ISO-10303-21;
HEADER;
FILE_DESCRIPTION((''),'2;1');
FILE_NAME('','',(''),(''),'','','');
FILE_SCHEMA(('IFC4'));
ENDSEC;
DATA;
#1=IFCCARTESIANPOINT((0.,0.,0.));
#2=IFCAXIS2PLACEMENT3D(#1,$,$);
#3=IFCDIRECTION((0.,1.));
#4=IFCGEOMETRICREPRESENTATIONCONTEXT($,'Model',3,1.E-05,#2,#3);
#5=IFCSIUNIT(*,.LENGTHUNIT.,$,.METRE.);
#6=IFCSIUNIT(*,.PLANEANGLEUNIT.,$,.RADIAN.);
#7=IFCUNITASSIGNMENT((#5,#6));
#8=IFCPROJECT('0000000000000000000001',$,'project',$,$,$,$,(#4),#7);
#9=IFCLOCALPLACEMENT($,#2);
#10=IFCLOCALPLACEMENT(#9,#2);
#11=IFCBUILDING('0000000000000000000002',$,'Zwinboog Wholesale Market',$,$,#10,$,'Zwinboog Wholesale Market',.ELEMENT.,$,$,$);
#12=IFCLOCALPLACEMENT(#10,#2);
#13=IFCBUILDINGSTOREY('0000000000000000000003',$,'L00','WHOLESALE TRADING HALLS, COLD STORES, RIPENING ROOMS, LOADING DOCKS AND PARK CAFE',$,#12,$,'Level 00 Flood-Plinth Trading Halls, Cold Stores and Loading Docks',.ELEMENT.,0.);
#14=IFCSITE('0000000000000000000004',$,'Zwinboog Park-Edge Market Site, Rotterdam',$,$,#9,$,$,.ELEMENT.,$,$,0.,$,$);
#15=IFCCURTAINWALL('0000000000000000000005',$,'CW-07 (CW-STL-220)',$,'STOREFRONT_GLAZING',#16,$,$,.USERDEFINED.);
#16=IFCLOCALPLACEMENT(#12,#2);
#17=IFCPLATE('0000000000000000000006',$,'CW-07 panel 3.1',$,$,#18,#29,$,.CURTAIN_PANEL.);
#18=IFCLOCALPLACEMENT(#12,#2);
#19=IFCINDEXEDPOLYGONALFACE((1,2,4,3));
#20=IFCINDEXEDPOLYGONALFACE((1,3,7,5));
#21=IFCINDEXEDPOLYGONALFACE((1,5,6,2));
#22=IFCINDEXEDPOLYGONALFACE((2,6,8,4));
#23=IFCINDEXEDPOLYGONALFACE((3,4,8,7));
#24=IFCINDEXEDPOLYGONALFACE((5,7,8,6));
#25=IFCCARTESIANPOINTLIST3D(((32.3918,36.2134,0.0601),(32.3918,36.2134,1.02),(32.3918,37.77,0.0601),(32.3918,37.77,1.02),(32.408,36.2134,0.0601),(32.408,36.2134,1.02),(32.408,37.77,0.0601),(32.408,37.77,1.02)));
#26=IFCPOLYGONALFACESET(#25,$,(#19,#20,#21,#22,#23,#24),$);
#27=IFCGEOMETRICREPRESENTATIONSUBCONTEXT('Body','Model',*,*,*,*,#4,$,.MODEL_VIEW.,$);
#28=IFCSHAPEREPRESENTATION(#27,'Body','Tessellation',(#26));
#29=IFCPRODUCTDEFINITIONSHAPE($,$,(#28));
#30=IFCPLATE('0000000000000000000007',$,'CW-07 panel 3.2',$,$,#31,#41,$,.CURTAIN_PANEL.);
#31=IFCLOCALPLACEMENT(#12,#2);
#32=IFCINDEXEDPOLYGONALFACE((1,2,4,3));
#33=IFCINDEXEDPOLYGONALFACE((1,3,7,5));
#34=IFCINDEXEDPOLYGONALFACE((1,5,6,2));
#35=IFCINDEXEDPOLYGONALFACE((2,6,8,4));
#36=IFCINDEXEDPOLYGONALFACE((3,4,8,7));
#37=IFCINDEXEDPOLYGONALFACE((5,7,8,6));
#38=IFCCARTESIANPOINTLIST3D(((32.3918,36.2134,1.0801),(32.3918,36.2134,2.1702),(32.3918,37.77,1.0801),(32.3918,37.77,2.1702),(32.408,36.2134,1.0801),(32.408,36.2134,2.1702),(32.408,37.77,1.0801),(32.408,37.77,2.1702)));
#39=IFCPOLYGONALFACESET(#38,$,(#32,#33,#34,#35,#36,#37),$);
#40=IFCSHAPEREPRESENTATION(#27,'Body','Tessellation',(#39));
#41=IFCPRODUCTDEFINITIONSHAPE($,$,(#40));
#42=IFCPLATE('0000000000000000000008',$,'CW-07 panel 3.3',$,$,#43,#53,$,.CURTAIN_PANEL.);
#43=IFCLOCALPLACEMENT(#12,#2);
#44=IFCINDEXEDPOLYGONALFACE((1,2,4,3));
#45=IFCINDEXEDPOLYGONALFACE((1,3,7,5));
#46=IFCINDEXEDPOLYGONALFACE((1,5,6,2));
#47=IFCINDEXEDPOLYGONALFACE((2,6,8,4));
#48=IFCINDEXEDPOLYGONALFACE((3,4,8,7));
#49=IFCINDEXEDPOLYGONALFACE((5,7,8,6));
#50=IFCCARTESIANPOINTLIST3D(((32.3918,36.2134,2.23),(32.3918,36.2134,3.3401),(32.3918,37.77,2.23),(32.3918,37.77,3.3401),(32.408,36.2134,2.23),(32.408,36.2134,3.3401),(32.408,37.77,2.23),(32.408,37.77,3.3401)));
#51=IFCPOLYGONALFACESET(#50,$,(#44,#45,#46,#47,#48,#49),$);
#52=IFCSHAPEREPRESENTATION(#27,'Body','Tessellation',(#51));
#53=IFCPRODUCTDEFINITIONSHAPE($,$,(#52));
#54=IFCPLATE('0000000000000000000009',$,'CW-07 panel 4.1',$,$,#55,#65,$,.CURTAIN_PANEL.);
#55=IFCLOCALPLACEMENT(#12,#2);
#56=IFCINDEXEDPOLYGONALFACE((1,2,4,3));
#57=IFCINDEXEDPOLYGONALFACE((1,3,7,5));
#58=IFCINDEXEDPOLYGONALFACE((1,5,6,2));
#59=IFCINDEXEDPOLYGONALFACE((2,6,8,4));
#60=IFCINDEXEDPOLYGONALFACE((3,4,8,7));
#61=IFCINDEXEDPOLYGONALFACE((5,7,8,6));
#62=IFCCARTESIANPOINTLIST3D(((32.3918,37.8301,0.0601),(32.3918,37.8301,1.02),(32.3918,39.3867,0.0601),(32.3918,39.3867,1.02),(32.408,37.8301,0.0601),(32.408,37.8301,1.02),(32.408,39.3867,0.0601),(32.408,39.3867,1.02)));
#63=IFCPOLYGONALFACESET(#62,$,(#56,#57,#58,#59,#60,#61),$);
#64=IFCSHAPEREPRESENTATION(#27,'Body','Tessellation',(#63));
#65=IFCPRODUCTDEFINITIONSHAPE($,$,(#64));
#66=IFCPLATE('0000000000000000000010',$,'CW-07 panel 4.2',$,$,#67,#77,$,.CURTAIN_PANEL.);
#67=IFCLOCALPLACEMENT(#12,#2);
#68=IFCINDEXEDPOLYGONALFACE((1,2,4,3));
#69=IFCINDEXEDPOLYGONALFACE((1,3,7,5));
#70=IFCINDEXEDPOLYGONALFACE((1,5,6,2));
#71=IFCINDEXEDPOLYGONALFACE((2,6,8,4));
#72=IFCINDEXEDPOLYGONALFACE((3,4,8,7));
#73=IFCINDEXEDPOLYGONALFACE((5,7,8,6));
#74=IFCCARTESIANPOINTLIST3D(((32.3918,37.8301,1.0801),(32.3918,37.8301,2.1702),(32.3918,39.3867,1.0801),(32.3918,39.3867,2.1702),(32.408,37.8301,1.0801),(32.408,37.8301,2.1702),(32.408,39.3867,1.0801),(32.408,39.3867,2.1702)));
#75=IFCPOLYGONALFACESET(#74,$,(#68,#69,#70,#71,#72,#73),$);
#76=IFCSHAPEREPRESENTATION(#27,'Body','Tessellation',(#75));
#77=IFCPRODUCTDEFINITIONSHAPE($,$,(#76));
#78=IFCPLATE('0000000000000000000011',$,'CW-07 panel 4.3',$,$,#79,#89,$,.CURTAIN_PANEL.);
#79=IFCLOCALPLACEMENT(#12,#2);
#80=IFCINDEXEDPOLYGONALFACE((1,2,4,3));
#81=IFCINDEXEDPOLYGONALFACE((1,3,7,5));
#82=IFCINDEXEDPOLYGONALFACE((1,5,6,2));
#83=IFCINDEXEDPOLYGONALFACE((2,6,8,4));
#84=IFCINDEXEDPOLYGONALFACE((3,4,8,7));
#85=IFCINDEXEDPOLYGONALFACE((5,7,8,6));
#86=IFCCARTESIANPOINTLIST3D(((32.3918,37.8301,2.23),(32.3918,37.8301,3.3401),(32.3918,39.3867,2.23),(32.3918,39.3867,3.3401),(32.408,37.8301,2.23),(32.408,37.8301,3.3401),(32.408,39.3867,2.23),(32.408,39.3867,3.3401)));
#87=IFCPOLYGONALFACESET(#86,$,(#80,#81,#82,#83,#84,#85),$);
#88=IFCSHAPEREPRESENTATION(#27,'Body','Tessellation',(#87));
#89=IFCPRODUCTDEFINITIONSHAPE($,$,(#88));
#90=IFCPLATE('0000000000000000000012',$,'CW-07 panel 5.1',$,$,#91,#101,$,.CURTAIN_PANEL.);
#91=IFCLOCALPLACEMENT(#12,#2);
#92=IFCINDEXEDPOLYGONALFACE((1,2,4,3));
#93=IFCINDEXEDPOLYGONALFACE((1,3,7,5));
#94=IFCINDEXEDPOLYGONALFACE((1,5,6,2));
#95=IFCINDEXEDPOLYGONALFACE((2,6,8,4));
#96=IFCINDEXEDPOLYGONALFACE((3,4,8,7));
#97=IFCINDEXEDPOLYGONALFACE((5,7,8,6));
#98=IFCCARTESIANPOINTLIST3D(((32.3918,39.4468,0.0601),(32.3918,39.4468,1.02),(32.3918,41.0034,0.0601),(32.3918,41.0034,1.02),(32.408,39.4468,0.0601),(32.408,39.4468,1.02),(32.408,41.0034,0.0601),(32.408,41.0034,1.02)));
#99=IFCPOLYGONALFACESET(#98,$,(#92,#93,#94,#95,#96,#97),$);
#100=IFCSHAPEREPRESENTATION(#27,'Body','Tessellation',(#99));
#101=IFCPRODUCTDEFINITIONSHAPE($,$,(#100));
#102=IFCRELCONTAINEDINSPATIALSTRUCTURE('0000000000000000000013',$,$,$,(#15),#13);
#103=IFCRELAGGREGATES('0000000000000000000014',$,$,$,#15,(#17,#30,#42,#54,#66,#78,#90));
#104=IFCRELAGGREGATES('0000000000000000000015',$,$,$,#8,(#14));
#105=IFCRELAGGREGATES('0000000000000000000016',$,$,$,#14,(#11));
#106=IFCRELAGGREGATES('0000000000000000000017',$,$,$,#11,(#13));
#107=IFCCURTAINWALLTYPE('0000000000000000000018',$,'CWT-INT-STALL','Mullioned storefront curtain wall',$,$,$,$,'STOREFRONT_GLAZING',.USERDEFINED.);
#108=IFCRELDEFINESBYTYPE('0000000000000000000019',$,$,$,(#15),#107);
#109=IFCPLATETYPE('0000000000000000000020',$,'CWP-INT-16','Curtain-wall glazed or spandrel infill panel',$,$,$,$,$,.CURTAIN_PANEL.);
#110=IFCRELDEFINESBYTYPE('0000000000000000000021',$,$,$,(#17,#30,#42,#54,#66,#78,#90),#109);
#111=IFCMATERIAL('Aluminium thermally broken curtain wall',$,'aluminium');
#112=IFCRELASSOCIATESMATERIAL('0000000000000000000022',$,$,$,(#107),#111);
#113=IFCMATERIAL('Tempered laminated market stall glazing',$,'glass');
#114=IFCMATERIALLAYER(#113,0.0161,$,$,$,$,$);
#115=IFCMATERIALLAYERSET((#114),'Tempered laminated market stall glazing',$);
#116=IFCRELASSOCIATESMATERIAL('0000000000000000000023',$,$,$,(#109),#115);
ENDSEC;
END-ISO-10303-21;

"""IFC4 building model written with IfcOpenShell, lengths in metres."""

from ifc_helpers import new_model, si_unit, direction, frame, origin, origin_2d, place, context, subcontext, project, spatial, rectangle, extrude, material, layer, layer_set, type_object, element, aggregate, save


model = new_model("IFC4")

# Units and contexts
model_context = context("Model", 3, precision=1e-05, world=origin(), true_north=direction((0.0, 1.0)))
body_context = subcontext(model_context, "Body", "Model", "MODEL_VIEW")
ifc_project = project(units=[si_unit("LENGTHUNIT", "METRE"), si_unit("PLANEANGLEUNIT", "RADIAN")], contexts=[model_context])

# Site, building, storey
site_placement = place(None, origin())
site = spatial("IfcSite", under=ifc_project, at=site_placement, Name="Zwinboog Park-Edge Market Site, Rotterdam", CompositionType="ELEMENT", RefElevation=0.0)
building_placement = place(site_placement, origin())
building = spatial("IfcBuilding", under=site, at=building_placement, Name="Zwinboog Wholesale Market", LongName="Zwinboog Wholesale Market", CompositionType="ELEMENT")
storey_placement = place(building_placement, origin())
storey = spatial("IfcBuildingStorey", under=building, at=storey_placement, Name="L00", Description="WHOLESALE TRADING HALLS, COLD STORES, RIPENING ROOMS, LOADING DOCKS AND PARK CAFE", LongName="Level 00 Flood-Plinth Trading Halls, Cold Stores and Loading Docks", CompositionType="ELEMENT", Elevation=0.0)

# Curtain wall, plates
ifc_material_1 = material(Name="Aluminium thermally broken curtain wall", Category="aluminium")
curtain_wall_type = type_object("IfcCurtainWallType", Name="CWT-INT-STALL", Description="Mullioned storefront curtain wall", ElementType="STOREFRONT_GLAZING", PredefinedType="USERDEFINED", material=ifc_material_1)
curtain_wall_placement = place(storey_placement, origin())
curtain_wall = element("IfcCurtainWall", 1, at=curtain_wall_placement, inside=storey, type_object=curtain_wall_type, Name="CW-07 (CW-STL-220)", ObjectType="STOREFRONT_GLAZING", PredefinedType="USERDEFINED")
ifc_material_2 = material(Name="Tempered laminated market stall glazing", Category="glass")
ifc_layer = layer(ifc_material_2, 0.0161)
ifc_layer_set = layer_set([ifc_layer], Name="Tempered laminated market stall glazing")
plate_type = type_object("IfcPlateType", Name="CWP-INT-16", Description="Curtain-wall glazed or spandrel infill panel", PredefinedType="CURTAIN_PANEL", material=ifc_layer_set)
plate_1_placement = place(storey_placement, frame((32.3999, 36.9917, 0.0601), z_axis=(0.0, 0.0, 1.0), x_axis=(0.0, 1.0, 0.0)))
plate_1 = element("IfcPlate", 2, at=plate_1_placement, type_object=plate_type, Name="CW-07 panel 3.1", PredefinedType="CURTAIN_PANEL", context=body_context, shape_type="SweptSolid", body=[
    extrude(rectangle(XDim=1.5566, YDim=0.0161, at=origin_2d()), origin(), (0.0, 0.0, 1.0), 0.96),
])
plate_2_placement = place(storey_placement, frame((32.3999, 36.9917, 1.0801), z_axis=(0.0, 0.0, 1.0), x_axis=(0.0, 1.0, 0.0)))
plate_2 = element("IfcPlate", 3, at=plate_2_placement, type_object=plate_type, Name="CW-07 panel 3.2", PredefinedType="CURTAIN_PANEL", context=body_context, shape_type="SweptSolid", body=[
    extrude(rectangle(XDim=1.5566, YDim=0.0161, at=origin_2d()), origin(), (0.0, 0.0, 1.0), 1.0901),
])
plate_3_placement = place(storey_placement, frame((32.3999, 36.9917, 2.23), z_axis=(0.0, 0.0, 1.0), x_axis=(0.0, 1.0, 0.0)))
plate_3 = element("IfcPlate", 4, at=plate_3_placement, type_object=plate_type, Name="CW-07 panel 3.3", PredefinedType="CURTAIN_PANEL", context=body_context, shape_type="SweptSolid", body=[
    extrude(rectangle(XDim=1.5566, YDim=0.0161, at=origin_2d()), origin(), (0.0, 0.0, 1.0), 1.1101),
])
plate_4_placement = place(storey_placement, frame((32.3999, 38.6084, 0.0601), z_axis=(0.0, 0.0, 1.0), x_axis=(0.0, 1.0, 0.0)))
plate_4 = element("IfcPlate", 5, at=plate_4_placement, type_object=plate_type, Name="CW-07 panel 4.1", PredefinedType="CURTAIN_PANEL", context=body_context, shape_type="SweptSolid", body=[
    extrude(rectangle(XDim=1.5566, YDim=0.0161, at=origin_2d()), origin(), (0.0, 0.0, 1.0), 0.96),
])
plate_5_placement = place(storey_placement, frame((32.3999, 38.6084, 1.0801), z_axis=(0.0, 0.0, 1.0), x_axis=(0.0, 1.0, 0.0)))
plate_5 = element("IfcPlate", 6, at=plate_5_placement, type_object=plate_type, Name="CW-07 panel 4.2", PredefinedType="CURTAIN_PANEL", context=body_context, shape_type="SweptSolid", body=[
    extrude(rectangle(XDim=1.5566, YDim=0.0161, at=origin_2d()), origin(), (0.0, 0.0, 1.0), 1.0901),
])
plate_6_placement = place(storey_placement, frame((32.3999, 38.6084, 2.23), z_axis=(0.0, 0.0, 1.0), x_axis=(0.0, 1.0, 0.0)))
plate_6 = element("IfcPlate", 7, at=plate_6_placement, type_object=plate_type, Name="CW-07 panel 4.3", PredefinedType="CURTAIN_PANEL", context=body_context, shape_type="SweptSolid", body=[
    extrude(rectangle(XDim=1.5566, YDim=0.0161, at=origin_2d()), origin(), (0.0, 0.0, 1.0), 1.1101),
])
plate_7_placement = place(storey_placement, frame((32.3999, 40.2251, 0.0601), z_axis=(0.0, 0.0, 1.0), x_axis=(0.0, 1.0, 0.0)))
plate_7 = element("IfcPlate", 8, at=plate_7_placement, type_object=plate_type, Name="CW-07 panel 5.1", PredefinedType="CURTAIN_PANEL", context=body_context, shape_type="SweptSolid", body=[
    extrude(rectangle(XDim=1.5566, YDim=0.0161, at=origin_2d()), origin(), (0.0, 0.0, 1.0), 0.96),
])
aggregate(curtain_wall, [plate_1, plate_2, plate_3, plate_4, plate_5, plate_6, plate_7])

save(model, "model.ifc")
